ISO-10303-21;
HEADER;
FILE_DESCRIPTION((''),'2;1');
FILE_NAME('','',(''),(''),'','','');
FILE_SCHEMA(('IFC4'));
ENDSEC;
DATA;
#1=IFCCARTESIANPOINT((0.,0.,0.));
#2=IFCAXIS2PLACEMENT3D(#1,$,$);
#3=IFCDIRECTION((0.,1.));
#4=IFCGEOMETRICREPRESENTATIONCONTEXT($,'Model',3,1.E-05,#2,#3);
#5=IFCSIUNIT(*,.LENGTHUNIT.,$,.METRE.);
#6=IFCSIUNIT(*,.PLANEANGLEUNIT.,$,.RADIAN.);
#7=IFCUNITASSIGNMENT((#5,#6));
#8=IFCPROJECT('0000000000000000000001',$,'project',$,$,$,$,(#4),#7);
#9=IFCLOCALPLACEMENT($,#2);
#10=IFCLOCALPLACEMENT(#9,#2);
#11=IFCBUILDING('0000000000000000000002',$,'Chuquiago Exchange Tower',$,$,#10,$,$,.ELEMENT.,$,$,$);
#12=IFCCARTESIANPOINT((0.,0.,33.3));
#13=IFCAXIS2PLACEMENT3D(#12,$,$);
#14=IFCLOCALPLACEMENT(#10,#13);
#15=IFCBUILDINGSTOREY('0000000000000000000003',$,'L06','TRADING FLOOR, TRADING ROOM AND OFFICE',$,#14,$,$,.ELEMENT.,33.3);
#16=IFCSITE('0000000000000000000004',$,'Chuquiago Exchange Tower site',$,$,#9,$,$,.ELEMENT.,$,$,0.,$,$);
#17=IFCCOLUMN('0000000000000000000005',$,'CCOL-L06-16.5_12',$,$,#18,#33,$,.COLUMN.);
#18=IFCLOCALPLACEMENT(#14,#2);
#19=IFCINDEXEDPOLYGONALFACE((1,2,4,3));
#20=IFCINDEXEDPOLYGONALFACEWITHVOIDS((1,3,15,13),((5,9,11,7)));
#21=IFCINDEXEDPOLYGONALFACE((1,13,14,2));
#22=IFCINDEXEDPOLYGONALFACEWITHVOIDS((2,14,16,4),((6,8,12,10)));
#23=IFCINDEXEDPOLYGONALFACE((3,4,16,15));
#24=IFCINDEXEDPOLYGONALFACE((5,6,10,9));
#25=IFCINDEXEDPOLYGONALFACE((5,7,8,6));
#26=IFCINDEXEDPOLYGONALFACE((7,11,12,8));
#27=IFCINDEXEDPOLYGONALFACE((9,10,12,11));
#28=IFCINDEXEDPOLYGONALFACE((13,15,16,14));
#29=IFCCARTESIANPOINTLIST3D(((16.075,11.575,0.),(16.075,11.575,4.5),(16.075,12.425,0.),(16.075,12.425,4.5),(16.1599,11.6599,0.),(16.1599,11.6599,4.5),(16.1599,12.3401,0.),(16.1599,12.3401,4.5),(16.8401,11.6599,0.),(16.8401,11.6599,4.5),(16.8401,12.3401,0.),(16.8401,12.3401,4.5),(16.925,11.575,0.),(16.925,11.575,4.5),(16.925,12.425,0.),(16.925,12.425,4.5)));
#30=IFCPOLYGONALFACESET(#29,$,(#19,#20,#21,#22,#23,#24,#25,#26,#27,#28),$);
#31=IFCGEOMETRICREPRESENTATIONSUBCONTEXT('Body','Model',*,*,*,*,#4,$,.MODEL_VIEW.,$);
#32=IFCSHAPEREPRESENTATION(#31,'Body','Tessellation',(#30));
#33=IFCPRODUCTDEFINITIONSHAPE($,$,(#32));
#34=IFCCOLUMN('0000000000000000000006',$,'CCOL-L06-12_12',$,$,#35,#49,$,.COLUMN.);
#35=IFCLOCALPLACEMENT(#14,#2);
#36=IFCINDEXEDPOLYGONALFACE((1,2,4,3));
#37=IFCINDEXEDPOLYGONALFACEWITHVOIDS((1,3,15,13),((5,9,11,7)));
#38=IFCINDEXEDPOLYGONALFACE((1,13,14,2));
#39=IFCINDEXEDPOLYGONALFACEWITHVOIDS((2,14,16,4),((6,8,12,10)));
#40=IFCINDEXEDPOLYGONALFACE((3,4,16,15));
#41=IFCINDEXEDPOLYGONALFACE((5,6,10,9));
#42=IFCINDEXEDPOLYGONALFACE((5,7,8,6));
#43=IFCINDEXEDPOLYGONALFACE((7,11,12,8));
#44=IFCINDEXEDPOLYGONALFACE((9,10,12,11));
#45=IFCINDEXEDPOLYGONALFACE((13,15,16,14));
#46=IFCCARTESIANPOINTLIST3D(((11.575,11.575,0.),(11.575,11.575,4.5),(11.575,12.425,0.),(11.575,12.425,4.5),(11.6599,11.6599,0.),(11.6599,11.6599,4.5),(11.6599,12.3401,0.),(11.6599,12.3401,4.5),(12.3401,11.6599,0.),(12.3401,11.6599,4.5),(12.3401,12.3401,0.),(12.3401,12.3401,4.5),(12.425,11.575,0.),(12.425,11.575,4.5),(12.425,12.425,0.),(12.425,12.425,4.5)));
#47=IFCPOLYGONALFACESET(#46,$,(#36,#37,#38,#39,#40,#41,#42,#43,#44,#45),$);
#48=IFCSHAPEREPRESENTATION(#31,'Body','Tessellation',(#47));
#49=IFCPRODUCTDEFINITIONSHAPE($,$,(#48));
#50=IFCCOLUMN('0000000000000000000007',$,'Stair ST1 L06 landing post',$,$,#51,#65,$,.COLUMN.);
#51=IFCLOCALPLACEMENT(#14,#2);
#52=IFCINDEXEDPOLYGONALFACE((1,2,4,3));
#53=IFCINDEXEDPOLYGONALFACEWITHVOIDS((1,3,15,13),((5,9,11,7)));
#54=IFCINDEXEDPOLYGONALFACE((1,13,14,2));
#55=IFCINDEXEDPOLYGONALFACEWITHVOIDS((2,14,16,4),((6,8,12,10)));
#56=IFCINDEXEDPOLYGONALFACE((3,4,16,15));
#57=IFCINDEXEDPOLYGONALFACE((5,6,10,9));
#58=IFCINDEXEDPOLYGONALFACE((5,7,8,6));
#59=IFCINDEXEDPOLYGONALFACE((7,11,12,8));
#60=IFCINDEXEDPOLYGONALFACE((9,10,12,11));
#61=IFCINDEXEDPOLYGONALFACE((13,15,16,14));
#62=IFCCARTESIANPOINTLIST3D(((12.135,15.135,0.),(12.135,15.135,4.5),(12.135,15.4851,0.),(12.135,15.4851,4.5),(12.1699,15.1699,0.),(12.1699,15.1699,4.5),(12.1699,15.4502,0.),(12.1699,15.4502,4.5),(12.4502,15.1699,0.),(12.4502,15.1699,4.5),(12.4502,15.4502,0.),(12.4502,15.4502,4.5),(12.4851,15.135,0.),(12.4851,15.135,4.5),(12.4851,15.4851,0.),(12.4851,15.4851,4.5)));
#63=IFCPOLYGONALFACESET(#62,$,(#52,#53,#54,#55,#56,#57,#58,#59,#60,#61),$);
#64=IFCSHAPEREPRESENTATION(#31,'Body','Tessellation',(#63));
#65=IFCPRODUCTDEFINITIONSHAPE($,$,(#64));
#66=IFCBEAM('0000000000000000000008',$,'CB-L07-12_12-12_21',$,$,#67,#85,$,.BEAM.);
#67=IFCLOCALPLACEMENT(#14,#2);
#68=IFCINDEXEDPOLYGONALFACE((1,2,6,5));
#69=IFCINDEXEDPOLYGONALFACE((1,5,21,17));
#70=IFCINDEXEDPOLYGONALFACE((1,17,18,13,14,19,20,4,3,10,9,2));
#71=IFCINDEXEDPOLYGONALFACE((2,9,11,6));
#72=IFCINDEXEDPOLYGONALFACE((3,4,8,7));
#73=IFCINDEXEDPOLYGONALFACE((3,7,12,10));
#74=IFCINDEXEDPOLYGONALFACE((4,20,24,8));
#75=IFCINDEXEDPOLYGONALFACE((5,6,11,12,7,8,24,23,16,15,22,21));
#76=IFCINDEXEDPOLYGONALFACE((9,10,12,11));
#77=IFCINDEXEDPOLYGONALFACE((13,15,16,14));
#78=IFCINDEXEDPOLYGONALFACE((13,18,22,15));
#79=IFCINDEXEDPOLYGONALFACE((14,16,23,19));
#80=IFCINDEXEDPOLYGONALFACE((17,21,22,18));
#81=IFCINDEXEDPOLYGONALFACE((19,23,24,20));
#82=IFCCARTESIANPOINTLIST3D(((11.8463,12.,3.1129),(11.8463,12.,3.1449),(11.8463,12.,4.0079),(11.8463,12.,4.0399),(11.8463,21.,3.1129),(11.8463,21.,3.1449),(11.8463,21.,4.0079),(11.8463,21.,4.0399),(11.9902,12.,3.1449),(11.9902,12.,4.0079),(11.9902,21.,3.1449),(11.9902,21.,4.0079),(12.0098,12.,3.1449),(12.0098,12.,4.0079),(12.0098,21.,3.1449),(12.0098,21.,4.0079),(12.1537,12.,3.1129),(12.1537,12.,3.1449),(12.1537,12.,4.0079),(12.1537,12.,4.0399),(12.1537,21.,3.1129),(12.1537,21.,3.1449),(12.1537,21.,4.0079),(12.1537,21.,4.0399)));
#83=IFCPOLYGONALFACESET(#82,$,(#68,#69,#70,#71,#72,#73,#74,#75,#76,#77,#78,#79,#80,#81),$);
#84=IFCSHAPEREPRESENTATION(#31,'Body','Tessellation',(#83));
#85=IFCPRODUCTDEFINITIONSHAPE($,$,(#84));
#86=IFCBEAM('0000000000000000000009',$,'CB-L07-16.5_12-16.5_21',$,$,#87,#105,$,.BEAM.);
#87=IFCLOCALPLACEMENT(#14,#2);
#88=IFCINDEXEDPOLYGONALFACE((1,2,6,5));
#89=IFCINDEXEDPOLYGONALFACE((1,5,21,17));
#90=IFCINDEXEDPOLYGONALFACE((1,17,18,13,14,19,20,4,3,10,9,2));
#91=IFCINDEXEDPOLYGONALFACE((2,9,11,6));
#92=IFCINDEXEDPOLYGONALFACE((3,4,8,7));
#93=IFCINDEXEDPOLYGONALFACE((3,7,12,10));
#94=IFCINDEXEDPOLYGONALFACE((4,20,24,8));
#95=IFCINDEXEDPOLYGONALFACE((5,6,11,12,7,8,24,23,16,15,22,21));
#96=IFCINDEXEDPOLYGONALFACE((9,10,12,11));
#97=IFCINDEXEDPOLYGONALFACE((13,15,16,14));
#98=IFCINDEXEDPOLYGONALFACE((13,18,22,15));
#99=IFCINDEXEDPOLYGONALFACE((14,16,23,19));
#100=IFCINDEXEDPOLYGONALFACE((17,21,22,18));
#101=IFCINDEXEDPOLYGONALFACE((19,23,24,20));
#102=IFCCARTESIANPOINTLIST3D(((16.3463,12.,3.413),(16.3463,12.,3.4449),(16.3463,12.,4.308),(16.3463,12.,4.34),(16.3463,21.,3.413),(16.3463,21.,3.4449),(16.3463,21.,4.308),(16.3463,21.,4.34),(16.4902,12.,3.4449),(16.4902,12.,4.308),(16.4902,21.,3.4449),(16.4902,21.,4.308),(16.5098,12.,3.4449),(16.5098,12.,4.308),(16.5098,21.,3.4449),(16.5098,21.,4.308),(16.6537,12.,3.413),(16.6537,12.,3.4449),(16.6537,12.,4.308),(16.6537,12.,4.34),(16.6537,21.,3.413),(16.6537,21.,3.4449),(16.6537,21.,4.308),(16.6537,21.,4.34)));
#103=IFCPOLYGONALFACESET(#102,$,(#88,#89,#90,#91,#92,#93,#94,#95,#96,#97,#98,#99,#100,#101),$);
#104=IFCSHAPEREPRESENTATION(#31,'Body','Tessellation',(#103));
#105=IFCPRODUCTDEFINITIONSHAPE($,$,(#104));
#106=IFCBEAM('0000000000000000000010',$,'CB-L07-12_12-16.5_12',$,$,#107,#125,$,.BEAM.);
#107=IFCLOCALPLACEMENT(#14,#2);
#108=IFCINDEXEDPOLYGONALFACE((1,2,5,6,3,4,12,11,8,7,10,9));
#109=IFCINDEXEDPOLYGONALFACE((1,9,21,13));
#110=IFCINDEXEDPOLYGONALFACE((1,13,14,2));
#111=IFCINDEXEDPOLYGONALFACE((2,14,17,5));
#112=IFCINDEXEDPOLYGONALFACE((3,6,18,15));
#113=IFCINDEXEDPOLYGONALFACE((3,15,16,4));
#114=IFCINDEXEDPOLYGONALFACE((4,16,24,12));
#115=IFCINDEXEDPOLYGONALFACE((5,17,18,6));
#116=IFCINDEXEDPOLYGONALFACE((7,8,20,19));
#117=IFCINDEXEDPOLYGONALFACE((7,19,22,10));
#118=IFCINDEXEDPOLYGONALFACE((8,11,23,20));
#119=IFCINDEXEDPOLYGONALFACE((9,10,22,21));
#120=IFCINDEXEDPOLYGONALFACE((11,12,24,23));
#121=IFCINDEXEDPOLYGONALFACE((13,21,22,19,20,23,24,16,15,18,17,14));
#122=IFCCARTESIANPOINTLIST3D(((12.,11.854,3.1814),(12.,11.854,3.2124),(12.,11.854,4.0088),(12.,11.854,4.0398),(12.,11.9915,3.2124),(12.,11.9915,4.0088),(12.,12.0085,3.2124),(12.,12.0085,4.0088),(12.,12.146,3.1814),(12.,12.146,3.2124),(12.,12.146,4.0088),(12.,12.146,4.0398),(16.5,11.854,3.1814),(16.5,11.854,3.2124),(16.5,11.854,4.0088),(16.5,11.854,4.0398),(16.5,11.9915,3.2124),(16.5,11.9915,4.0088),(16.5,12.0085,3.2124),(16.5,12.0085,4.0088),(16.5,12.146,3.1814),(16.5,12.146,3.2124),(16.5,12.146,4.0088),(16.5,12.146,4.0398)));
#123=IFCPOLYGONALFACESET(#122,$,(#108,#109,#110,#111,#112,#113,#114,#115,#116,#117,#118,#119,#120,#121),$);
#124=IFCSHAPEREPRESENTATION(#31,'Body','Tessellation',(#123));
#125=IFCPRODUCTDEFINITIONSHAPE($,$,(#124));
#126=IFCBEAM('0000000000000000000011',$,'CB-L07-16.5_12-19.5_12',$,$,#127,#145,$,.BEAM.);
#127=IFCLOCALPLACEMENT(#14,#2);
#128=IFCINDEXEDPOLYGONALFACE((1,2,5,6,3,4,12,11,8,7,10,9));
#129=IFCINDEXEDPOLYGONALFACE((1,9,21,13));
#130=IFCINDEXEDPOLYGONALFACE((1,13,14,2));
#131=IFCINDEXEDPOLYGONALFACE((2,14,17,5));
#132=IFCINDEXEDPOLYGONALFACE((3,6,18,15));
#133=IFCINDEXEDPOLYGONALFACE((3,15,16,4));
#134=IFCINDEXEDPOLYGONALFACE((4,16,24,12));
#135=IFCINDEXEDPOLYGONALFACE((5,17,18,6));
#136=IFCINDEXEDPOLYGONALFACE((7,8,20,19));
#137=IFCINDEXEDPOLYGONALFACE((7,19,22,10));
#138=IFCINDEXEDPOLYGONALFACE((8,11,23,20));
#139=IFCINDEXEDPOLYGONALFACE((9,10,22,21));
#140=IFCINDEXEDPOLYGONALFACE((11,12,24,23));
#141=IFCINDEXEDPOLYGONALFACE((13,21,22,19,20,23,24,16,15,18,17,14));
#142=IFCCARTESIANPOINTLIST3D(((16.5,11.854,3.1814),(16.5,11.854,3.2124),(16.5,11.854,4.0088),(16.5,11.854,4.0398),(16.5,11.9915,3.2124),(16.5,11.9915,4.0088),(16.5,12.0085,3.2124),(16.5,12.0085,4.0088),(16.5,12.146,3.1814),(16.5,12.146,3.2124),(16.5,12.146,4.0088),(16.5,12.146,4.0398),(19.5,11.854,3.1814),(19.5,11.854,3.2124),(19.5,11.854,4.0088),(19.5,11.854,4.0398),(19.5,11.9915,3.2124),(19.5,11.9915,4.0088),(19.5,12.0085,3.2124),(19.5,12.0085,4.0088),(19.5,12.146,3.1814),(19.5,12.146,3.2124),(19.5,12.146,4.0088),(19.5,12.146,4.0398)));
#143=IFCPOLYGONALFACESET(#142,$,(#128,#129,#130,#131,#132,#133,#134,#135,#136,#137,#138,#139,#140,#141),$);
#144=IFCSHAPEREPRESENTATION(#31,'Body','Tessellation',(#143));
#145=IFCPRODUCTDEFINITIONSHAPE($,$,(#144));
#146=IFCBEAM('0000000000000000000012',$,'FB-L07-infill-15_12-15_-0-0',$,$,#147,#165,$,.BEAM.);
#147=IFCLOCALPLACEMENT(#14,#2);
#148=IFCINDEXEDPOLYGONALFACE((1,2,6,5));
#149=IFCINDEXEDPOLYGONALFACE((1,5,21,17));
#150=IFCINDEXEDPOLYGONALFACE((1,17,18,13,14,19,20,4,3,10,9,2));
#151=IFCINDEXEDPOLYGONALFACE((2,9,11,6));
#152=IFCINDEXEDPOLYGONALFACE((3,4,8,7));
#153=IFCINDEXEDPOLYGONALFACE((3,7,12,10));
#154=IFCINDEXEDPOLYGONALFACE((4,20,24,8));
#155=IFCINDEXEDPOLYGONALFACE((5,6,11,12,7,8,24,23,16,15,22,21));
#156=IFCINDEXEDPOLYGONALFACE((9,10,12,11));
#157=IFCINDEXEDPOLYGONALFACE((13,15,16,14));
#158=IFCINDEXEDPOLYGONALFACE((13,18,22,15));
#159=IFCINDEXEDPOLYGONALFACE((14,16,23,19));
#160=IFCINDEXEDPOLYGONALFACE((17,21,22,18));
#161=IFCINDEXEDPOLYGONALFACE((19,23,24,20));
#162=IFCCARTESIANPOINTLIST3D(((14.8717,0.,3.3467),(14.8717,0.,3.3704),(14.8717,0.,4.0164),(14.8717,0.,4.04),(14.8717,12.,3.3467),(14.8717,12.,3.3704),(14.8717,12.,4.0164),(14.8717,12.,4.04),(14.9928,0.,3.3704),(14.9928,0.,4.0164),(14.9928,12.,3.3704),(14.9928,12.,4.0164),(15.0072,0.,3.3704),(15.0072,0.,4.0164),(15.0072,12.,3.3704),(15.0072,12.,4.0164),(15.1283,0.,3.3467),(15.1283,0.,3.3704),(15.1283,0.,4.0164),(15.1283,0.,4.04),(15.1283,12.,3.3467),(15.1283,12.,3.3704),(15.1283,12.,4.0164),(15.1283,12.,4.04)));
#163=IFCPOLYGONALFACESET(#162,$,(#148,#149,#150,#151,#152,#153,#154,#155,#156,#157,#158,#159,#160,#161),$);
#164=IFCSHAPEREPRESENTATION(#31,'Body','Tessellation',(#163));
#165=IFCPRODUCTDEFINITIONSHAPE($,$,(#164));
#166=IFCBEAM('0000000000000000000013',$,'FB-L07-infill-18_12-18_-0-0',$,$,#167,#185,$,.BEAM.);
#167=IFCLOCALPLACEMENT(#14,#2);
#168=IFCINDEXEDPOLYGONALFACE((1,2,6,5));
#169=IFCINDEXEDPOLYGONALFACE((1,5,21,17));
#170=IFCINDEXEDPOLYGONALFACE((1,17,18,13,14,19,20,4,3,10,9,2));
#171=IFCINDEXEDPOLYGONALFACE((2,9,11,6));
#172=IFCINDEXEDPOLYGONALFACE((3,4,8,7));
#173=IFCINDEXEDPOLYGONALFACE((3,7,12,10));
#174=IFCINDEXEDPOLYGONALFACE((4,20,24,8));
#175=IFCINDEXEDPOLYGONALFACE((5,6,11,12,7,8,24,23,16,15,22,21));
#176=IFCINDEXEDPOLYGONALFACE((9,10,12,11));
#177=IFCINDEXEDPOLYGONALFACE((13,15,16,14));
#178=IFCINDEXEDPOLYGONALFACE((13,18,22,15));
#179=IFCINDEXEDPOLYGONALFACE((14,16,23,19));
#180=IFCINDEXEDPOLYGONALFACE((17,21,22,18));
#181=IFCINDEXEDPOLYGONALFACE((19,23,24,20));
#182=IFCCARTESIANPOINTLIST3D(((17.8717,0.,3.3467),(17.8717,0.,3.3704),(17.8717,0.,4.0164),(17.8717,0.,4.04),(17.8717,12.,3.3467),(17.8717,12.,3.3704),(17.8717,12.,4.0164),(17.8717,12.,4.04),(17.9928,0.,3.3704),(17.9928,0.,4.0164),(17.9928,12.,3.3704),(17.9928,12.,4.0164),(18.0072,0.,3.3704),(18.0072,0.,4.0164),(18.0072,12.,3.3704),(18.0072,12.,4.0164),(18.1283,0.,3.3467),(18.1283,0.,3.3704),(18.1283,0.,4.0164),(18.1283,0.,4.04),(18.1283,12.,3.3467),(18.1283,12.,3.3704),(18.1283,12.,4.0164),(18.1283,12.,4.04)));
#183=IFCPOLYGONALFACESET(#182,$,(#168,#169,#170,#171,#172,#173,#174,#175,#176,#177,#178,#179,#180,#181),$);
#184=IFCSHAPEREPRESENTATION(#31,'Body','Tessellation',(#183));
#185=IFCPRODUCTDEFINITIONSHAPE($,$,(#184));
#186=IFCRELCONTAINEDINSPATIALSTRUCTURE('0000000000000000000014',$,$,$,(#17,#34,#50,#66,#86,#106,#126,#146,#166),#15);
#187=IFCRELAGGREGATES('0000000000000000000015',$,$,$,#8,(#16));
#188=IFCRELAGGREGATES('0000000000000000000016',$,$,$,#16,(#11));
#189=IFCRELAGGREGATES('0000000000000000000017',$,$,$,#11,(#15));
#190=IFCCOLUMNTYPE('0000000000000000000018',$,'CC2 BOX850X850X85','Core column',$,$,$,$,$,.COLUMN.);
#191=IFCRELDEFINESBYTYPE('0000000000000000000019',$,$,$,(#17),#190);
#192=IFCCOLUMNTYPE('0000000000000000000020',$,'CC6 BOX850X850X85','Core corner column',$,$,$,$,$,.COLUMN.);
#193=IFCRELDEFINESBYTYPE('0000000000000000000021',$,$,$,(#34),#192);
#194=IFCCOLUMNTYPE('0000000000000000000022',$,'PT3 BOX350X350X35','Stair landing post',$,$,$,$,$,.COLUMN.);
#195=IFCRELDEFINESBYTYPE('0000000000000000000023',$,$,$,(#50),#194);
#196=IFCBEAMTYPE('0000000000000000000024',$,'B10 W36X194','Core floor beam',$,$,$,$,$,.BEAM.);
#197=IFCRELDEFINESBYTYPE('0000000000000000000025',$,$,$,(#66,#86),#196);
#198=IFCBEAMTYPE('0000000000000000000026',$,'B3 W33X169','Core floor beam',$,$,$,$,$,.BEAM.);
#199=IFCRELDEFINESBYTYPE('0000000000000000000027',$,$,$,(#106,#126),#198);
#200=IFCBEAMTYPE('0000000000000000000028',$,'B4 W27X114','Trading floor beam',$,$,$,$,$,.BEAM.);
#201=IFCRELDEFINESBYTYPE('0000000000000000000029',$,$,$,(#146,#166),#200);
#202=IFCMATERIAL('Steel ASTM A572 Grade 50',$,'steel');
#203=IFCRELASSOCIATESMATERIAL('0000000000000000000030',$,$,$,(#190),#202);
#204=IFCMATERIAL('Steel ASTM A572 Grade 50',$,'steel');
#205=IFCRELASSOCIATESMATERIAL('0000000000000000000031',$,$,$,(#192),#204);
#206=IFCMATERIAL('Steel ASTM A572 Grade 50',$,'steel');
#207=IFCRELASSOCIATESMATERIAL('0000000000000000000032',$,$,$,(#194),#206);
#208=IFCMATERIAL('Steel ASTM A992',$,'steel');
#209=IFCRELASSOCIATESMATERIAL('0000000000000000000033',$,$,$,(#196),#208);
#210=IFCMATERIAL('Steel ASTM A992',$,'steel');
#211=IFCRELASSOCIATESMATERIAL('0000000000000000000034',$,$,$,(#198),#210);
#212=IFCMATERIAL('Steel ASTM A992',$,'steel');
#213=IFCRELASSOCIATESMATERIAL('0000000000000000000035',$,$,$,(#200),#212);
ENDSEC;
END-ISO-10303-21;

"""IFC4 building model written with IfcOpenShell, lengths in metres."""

from ifc_helpers import new_model, si_unit, direction, frame, origin, origin_2d, place, context, subcontext, project, spatial, hollow_rectangle, i_section, extrude, material, material_profile, profile_set, type_object, element, save


model = new_model("IFC4")

# Units and contexts
model_context = context("Model", 3, precision=1e-05, world=origin(), true_north=direction((0.0, 1.0)))
body_context = subcontext(model_context, "Body", "Model", "MODEL_VIEW")
ifc_project = project(units=[si_unit("LENGTHUNIT", "METRE"), si_unit("PLANEANGLEUNIT", "RADIAN")], contexts=[model_context])

# Site, building, storey
site_placement = place(None, origin())
site = spatial("IfcSite", under=ifc_project, at=site_placement, Name="Chuquiago Exchange Tower site", CompositionType="ELEMENT", RefElevation=0.0)
building_placement = place(site_placement, origin())
building = spatial("IfcBuilding", under=site, at=building_placement, Name="Chuquiago Exchange Tower", CompositionType="ELEMENT")
storey_placement = place(building_placement, frame((0.0, 0.0, 33.3)))
storey = spatial("IfcBuildingStorey", under=building, at=storey_placement, Name="L06", Description="TRADING FLOOR, TRADING ROOM AND OFFICE", CompositionType="ELEMENT", Elevation=33.3)

# Columns
ifc_material_1 = material(Name="Steel ASTM A572 Grade 50", Category="steel")
ifc_material_profile_1 = material_profile(ifc_material_1, hollow_rectangle(XDim=0.8501, YDim=0.8501, WallThickness=0.085, at=origin_2d()), Name="BOX850X850X85")
ifc_profile_set_1 = profile_set([ifc_material_profile_1], Name="Steel ASTM A572 Grade 50")
column_type_1 = type_object("IfcColumnType", Name="CC2 BOX850X850X85", Description="Core column", PredefinedType="COLUMN", material=ifc_profile_set_1)
column_1_placement = place(storey_placement, frame((16.5, 12.0, 0.0), z_axis=(0.0, 0.0, 1.0), x_axis=(1.0, 0.0, 0.0)))
element("IfcColumn", 1, at=column_1_placement, inside=storey, type_object=column_type_1, Name="CCOL-L06-16.5_12", PredefinedType="COLUMN", context=body_context, shape_type="SweptSolid", body=[
    extrude(hollow_rectangle(XDim=0.8501, YDim=0.8501, WallThickness=0.085, at=origin_2d()), origin(), (0.0, 0.0, 1.0), 4.5),
])
ifc_material_2 = material(Name="Steel ASTM A572 Grade 50", Category="steel")
ifc_material_profile_2 = material_profile(ifc_material_2, hollow_rectangle(XDim=0.8501, YDim=0.8501, WallThickness=0.085, at=origin_2d()), Name="BOX850X850X85")
ifc_profile_set_2 = profile_set([ifc_material_profile_2], Name="Steel ASTM A572 Grade 50")
column_type_2 = type_object("IfcColumnType", Name="CC6 BOX850X850X85", Description="Core corner column", PredefinedType="COLUMN", material=ifc_profile_set_2)
column_2_placement = place(storey_placement, frame((12.0, 12.0, 0.0), z_axis=(0.0, 0.0, 1.0), x_axis=(1.0, 0.0, 0.0)))
element("IfcColumn", 2, at=column_2_placement, inside=storey, type_object=column_type_2, Name="CCOL-L06-12_12", PredefinedType="COLUMN", context=body_context, shape_type="SweptSolid", body=[
    extrude(hollow_rectangle(XDim=0.8501, YDim=0.8501, WallThickness=0.085, at=origin_2d()), origin(), (0.0, 0.0, 1.0), 4.5),
])
ifc_material_3 = material(Name="Steel ASTM A572 Grade 50", Category="steel")
ifc_material_profile_3 = material_profile(ifc_material_3, hollow_rectangle(XDim=0.3501, YDim=0.3501, WallThickness=0.0349, at=origin_2d()), Name="BOX350X350X35")
ifc_profile_set_3 = profile_set([ifc_material_profile_3], Name="Steel ASTM A572 Grade 50")
column_type_3 = type_object("IfcColumnType", Name="PT3 BOX350X350X35", Description="Stair landing post", PredefinedType="COLUMN", material=ifc_profile_set_3)
column_3_placement = place(storey_placement, frame((12.3101, 15.3101, 0.0), z_axis=(0.0, 0.0, 1.0), x_axis=(1.0, 0.0, 0.0)))
element("IfcColumn", 3, at=column_3_placement, inside=storey, type_object=column_type_3, Name="Stair ST1 L06 landing post", PredefinedType="COLUMN", context=body_context, shape_type="SweptSolid", body=[
    extrude(hollow_rectangle(XDim=0.3501, YDim=0.3501, WallThickness=0.0349, at=origin_2d()), origin(), (0.0, 0.0, 1.0), 4.5),
])

# Beams
ifc_material_4 = material(Name="Steel ASTM A992", Category="steel")
ifc_material_profile_4 = material_profile(ifc_material_4, i_section(OverallWidth=0.3074, OverallDepth=0.927, WebThickness=0.0195, FlangeThickness=0.032, at=origin_2d()), Name="W36X194")
ifc_profile_set_4 = profile_set([ifc_material_profile_4], Name="Steel ASTM A992")
beam_type_1 = type_object("IfcBeamType", Name="B10 W36X194", Description="Core floor beam", PredefinedType="BEAM", material=ifc_profile_set_4)
for number, where, z_axis, x_axis, name in (
    (4, (12.0, 12.0, 3.5764), (0.0, 1.0, 0.0), (-1.0, 0.0, 0.0), "CB-L07-12_12-12_21"),
    (5, (16.5, 12.0, 3.8765), (0.0, 1.0, 0.0), (-1.0, 0.0, 0.0), "CB-L07-16.5_12-16.5_21"),
):
    element("IfcBeam", number, at=place(storey_placement, frame(where, z_axis=z_axis, x_axis=x_axis)), inside=storey, type_object=beam_type_1, Name=name, PredefinedType="BEAM", context=body_context, shape_type="SweptSolid", body=[
        extrude(i_section(OverallWidth=0.3074, OverallDepth=0.927, WebThickness=0.0195, FlangeThickness=0.032, at=origin_2d()), origin(), (0.0, 0.0, 1.0), 9.0),
    ])
ifc_material_5 = material(Name="Steel ASTM A992", Category="steel")
ifc_material_profile_5 = material_profile(ifc_material_5, i_section(OverallWidth=0.292, OverallDepth=0.8584, WebThickness=0.0171, FlangeThickness=0.031, at=origin_2d()), Name="W33X169")
ifc_profile_set_5 = profile_set([ifc_material_profile_5], Name="Steel ASTM A992")
beam_type_2 = type_object("IfcBeamType", Name="B3 W33X169", Description="Core floor beam", PredefinedType="BEAM", material=ifc_profile_set_5)
beam_1_placement = place(storey_placement, frame((12.0, 12.0, 3.6106), z_axis=(1.0, 0.0, 0.0), x_axis=(0.0, 1.0, 0.0)))
element("IfcBeam", 6, at=beam_1_placement, inside=storey, type_object=beam_type_2, Name="CB-L07-12_12-16.5_12", PredefinedType="BEAM", context=body_context, shape_type="SweptSolid", body=[
    extrude(i_section(OverallWidth=0.292, OverallDepth=0.8584, WebThickness=0.0171, FlangeThickness=0.031, at=origin_2d()), origin(), (0.0, 0.0, 1.0), 4.5),
])
beam_2_placement = place(storey_placement, frame((16.5, 12.0, 3.6106), z_axis=(1.0, 0.0, 0.0), x_axis=(0.0, 1.0, 0.0)))
element("IfcBeam", 7, at=beam_2_placement, inside=storey, type_object=beam_type_2, Name="CB-L07-16.5_12-19.5_12", PredefinedType="BEAM", context=body_context, shape_type="SweptSolid", body=[
    extrude(i_section(OverallWidth=0.292, OverallDepth=0.8584, WebThickness=0.0171, FlangeThickness=0.031, at=origin_2d()), origin(), (0.0, 0.0, 1.0), 3.0),
])
ifc_material_6 = material(Name="Steel ASTM A992", Category="steel")
ifc_material_profile_6 = material_profile(ifc_material_6, i_section(OverallWidth=0.2566, OverallDepth=0.6934, WebThickness=0.0144, FlangeThickness=0.0237, at=origin_2d()), Name="W27X114")
ifc_profile_set_6 = profile_set([ifc_material_profile_6], Name="Steel ASTM A992")
beam_type_3 = type_object("IfcBeamType", Name="B4 W27X114", Description="Trading floor beam", PredefinedType="BEAM", material=ifc_profile_set_6)
for number, where, z_axis, x_axis, name in (
    (8, (15.0, 12.0, 3.6934), (0.0, -1.0, 0.0), (1.0, 0.0, 0.0), "FB-L07-infill-15_12-15_-0-0"),
    (9, (18.0, 12.0, 3.6934), (0.0, -1.0, 0.0), (1.0, 0.0, 0.0), "FB-L07-infill-18_12-18_-0-0"),
):
    element("IfcBeam", number, at=place(storey_placement, frame(where, z_axis=z_axis, x_axis=x_axis)), inside=storey, type_object=beam_type_3, Name=name, PredefinedType="BEAM", context=body_context, shape_type="SweptSolid", body=[
        extrude(i_section(OverallWidth=0.2566, OverallDepth=0.6934, WebThickness=0.0144, FlangeThickness=0.0237, at=origin_2d()), origin(), (0.0, 0.0, 1.0), 12.0),
    ])

save(model, "model.ifc")
